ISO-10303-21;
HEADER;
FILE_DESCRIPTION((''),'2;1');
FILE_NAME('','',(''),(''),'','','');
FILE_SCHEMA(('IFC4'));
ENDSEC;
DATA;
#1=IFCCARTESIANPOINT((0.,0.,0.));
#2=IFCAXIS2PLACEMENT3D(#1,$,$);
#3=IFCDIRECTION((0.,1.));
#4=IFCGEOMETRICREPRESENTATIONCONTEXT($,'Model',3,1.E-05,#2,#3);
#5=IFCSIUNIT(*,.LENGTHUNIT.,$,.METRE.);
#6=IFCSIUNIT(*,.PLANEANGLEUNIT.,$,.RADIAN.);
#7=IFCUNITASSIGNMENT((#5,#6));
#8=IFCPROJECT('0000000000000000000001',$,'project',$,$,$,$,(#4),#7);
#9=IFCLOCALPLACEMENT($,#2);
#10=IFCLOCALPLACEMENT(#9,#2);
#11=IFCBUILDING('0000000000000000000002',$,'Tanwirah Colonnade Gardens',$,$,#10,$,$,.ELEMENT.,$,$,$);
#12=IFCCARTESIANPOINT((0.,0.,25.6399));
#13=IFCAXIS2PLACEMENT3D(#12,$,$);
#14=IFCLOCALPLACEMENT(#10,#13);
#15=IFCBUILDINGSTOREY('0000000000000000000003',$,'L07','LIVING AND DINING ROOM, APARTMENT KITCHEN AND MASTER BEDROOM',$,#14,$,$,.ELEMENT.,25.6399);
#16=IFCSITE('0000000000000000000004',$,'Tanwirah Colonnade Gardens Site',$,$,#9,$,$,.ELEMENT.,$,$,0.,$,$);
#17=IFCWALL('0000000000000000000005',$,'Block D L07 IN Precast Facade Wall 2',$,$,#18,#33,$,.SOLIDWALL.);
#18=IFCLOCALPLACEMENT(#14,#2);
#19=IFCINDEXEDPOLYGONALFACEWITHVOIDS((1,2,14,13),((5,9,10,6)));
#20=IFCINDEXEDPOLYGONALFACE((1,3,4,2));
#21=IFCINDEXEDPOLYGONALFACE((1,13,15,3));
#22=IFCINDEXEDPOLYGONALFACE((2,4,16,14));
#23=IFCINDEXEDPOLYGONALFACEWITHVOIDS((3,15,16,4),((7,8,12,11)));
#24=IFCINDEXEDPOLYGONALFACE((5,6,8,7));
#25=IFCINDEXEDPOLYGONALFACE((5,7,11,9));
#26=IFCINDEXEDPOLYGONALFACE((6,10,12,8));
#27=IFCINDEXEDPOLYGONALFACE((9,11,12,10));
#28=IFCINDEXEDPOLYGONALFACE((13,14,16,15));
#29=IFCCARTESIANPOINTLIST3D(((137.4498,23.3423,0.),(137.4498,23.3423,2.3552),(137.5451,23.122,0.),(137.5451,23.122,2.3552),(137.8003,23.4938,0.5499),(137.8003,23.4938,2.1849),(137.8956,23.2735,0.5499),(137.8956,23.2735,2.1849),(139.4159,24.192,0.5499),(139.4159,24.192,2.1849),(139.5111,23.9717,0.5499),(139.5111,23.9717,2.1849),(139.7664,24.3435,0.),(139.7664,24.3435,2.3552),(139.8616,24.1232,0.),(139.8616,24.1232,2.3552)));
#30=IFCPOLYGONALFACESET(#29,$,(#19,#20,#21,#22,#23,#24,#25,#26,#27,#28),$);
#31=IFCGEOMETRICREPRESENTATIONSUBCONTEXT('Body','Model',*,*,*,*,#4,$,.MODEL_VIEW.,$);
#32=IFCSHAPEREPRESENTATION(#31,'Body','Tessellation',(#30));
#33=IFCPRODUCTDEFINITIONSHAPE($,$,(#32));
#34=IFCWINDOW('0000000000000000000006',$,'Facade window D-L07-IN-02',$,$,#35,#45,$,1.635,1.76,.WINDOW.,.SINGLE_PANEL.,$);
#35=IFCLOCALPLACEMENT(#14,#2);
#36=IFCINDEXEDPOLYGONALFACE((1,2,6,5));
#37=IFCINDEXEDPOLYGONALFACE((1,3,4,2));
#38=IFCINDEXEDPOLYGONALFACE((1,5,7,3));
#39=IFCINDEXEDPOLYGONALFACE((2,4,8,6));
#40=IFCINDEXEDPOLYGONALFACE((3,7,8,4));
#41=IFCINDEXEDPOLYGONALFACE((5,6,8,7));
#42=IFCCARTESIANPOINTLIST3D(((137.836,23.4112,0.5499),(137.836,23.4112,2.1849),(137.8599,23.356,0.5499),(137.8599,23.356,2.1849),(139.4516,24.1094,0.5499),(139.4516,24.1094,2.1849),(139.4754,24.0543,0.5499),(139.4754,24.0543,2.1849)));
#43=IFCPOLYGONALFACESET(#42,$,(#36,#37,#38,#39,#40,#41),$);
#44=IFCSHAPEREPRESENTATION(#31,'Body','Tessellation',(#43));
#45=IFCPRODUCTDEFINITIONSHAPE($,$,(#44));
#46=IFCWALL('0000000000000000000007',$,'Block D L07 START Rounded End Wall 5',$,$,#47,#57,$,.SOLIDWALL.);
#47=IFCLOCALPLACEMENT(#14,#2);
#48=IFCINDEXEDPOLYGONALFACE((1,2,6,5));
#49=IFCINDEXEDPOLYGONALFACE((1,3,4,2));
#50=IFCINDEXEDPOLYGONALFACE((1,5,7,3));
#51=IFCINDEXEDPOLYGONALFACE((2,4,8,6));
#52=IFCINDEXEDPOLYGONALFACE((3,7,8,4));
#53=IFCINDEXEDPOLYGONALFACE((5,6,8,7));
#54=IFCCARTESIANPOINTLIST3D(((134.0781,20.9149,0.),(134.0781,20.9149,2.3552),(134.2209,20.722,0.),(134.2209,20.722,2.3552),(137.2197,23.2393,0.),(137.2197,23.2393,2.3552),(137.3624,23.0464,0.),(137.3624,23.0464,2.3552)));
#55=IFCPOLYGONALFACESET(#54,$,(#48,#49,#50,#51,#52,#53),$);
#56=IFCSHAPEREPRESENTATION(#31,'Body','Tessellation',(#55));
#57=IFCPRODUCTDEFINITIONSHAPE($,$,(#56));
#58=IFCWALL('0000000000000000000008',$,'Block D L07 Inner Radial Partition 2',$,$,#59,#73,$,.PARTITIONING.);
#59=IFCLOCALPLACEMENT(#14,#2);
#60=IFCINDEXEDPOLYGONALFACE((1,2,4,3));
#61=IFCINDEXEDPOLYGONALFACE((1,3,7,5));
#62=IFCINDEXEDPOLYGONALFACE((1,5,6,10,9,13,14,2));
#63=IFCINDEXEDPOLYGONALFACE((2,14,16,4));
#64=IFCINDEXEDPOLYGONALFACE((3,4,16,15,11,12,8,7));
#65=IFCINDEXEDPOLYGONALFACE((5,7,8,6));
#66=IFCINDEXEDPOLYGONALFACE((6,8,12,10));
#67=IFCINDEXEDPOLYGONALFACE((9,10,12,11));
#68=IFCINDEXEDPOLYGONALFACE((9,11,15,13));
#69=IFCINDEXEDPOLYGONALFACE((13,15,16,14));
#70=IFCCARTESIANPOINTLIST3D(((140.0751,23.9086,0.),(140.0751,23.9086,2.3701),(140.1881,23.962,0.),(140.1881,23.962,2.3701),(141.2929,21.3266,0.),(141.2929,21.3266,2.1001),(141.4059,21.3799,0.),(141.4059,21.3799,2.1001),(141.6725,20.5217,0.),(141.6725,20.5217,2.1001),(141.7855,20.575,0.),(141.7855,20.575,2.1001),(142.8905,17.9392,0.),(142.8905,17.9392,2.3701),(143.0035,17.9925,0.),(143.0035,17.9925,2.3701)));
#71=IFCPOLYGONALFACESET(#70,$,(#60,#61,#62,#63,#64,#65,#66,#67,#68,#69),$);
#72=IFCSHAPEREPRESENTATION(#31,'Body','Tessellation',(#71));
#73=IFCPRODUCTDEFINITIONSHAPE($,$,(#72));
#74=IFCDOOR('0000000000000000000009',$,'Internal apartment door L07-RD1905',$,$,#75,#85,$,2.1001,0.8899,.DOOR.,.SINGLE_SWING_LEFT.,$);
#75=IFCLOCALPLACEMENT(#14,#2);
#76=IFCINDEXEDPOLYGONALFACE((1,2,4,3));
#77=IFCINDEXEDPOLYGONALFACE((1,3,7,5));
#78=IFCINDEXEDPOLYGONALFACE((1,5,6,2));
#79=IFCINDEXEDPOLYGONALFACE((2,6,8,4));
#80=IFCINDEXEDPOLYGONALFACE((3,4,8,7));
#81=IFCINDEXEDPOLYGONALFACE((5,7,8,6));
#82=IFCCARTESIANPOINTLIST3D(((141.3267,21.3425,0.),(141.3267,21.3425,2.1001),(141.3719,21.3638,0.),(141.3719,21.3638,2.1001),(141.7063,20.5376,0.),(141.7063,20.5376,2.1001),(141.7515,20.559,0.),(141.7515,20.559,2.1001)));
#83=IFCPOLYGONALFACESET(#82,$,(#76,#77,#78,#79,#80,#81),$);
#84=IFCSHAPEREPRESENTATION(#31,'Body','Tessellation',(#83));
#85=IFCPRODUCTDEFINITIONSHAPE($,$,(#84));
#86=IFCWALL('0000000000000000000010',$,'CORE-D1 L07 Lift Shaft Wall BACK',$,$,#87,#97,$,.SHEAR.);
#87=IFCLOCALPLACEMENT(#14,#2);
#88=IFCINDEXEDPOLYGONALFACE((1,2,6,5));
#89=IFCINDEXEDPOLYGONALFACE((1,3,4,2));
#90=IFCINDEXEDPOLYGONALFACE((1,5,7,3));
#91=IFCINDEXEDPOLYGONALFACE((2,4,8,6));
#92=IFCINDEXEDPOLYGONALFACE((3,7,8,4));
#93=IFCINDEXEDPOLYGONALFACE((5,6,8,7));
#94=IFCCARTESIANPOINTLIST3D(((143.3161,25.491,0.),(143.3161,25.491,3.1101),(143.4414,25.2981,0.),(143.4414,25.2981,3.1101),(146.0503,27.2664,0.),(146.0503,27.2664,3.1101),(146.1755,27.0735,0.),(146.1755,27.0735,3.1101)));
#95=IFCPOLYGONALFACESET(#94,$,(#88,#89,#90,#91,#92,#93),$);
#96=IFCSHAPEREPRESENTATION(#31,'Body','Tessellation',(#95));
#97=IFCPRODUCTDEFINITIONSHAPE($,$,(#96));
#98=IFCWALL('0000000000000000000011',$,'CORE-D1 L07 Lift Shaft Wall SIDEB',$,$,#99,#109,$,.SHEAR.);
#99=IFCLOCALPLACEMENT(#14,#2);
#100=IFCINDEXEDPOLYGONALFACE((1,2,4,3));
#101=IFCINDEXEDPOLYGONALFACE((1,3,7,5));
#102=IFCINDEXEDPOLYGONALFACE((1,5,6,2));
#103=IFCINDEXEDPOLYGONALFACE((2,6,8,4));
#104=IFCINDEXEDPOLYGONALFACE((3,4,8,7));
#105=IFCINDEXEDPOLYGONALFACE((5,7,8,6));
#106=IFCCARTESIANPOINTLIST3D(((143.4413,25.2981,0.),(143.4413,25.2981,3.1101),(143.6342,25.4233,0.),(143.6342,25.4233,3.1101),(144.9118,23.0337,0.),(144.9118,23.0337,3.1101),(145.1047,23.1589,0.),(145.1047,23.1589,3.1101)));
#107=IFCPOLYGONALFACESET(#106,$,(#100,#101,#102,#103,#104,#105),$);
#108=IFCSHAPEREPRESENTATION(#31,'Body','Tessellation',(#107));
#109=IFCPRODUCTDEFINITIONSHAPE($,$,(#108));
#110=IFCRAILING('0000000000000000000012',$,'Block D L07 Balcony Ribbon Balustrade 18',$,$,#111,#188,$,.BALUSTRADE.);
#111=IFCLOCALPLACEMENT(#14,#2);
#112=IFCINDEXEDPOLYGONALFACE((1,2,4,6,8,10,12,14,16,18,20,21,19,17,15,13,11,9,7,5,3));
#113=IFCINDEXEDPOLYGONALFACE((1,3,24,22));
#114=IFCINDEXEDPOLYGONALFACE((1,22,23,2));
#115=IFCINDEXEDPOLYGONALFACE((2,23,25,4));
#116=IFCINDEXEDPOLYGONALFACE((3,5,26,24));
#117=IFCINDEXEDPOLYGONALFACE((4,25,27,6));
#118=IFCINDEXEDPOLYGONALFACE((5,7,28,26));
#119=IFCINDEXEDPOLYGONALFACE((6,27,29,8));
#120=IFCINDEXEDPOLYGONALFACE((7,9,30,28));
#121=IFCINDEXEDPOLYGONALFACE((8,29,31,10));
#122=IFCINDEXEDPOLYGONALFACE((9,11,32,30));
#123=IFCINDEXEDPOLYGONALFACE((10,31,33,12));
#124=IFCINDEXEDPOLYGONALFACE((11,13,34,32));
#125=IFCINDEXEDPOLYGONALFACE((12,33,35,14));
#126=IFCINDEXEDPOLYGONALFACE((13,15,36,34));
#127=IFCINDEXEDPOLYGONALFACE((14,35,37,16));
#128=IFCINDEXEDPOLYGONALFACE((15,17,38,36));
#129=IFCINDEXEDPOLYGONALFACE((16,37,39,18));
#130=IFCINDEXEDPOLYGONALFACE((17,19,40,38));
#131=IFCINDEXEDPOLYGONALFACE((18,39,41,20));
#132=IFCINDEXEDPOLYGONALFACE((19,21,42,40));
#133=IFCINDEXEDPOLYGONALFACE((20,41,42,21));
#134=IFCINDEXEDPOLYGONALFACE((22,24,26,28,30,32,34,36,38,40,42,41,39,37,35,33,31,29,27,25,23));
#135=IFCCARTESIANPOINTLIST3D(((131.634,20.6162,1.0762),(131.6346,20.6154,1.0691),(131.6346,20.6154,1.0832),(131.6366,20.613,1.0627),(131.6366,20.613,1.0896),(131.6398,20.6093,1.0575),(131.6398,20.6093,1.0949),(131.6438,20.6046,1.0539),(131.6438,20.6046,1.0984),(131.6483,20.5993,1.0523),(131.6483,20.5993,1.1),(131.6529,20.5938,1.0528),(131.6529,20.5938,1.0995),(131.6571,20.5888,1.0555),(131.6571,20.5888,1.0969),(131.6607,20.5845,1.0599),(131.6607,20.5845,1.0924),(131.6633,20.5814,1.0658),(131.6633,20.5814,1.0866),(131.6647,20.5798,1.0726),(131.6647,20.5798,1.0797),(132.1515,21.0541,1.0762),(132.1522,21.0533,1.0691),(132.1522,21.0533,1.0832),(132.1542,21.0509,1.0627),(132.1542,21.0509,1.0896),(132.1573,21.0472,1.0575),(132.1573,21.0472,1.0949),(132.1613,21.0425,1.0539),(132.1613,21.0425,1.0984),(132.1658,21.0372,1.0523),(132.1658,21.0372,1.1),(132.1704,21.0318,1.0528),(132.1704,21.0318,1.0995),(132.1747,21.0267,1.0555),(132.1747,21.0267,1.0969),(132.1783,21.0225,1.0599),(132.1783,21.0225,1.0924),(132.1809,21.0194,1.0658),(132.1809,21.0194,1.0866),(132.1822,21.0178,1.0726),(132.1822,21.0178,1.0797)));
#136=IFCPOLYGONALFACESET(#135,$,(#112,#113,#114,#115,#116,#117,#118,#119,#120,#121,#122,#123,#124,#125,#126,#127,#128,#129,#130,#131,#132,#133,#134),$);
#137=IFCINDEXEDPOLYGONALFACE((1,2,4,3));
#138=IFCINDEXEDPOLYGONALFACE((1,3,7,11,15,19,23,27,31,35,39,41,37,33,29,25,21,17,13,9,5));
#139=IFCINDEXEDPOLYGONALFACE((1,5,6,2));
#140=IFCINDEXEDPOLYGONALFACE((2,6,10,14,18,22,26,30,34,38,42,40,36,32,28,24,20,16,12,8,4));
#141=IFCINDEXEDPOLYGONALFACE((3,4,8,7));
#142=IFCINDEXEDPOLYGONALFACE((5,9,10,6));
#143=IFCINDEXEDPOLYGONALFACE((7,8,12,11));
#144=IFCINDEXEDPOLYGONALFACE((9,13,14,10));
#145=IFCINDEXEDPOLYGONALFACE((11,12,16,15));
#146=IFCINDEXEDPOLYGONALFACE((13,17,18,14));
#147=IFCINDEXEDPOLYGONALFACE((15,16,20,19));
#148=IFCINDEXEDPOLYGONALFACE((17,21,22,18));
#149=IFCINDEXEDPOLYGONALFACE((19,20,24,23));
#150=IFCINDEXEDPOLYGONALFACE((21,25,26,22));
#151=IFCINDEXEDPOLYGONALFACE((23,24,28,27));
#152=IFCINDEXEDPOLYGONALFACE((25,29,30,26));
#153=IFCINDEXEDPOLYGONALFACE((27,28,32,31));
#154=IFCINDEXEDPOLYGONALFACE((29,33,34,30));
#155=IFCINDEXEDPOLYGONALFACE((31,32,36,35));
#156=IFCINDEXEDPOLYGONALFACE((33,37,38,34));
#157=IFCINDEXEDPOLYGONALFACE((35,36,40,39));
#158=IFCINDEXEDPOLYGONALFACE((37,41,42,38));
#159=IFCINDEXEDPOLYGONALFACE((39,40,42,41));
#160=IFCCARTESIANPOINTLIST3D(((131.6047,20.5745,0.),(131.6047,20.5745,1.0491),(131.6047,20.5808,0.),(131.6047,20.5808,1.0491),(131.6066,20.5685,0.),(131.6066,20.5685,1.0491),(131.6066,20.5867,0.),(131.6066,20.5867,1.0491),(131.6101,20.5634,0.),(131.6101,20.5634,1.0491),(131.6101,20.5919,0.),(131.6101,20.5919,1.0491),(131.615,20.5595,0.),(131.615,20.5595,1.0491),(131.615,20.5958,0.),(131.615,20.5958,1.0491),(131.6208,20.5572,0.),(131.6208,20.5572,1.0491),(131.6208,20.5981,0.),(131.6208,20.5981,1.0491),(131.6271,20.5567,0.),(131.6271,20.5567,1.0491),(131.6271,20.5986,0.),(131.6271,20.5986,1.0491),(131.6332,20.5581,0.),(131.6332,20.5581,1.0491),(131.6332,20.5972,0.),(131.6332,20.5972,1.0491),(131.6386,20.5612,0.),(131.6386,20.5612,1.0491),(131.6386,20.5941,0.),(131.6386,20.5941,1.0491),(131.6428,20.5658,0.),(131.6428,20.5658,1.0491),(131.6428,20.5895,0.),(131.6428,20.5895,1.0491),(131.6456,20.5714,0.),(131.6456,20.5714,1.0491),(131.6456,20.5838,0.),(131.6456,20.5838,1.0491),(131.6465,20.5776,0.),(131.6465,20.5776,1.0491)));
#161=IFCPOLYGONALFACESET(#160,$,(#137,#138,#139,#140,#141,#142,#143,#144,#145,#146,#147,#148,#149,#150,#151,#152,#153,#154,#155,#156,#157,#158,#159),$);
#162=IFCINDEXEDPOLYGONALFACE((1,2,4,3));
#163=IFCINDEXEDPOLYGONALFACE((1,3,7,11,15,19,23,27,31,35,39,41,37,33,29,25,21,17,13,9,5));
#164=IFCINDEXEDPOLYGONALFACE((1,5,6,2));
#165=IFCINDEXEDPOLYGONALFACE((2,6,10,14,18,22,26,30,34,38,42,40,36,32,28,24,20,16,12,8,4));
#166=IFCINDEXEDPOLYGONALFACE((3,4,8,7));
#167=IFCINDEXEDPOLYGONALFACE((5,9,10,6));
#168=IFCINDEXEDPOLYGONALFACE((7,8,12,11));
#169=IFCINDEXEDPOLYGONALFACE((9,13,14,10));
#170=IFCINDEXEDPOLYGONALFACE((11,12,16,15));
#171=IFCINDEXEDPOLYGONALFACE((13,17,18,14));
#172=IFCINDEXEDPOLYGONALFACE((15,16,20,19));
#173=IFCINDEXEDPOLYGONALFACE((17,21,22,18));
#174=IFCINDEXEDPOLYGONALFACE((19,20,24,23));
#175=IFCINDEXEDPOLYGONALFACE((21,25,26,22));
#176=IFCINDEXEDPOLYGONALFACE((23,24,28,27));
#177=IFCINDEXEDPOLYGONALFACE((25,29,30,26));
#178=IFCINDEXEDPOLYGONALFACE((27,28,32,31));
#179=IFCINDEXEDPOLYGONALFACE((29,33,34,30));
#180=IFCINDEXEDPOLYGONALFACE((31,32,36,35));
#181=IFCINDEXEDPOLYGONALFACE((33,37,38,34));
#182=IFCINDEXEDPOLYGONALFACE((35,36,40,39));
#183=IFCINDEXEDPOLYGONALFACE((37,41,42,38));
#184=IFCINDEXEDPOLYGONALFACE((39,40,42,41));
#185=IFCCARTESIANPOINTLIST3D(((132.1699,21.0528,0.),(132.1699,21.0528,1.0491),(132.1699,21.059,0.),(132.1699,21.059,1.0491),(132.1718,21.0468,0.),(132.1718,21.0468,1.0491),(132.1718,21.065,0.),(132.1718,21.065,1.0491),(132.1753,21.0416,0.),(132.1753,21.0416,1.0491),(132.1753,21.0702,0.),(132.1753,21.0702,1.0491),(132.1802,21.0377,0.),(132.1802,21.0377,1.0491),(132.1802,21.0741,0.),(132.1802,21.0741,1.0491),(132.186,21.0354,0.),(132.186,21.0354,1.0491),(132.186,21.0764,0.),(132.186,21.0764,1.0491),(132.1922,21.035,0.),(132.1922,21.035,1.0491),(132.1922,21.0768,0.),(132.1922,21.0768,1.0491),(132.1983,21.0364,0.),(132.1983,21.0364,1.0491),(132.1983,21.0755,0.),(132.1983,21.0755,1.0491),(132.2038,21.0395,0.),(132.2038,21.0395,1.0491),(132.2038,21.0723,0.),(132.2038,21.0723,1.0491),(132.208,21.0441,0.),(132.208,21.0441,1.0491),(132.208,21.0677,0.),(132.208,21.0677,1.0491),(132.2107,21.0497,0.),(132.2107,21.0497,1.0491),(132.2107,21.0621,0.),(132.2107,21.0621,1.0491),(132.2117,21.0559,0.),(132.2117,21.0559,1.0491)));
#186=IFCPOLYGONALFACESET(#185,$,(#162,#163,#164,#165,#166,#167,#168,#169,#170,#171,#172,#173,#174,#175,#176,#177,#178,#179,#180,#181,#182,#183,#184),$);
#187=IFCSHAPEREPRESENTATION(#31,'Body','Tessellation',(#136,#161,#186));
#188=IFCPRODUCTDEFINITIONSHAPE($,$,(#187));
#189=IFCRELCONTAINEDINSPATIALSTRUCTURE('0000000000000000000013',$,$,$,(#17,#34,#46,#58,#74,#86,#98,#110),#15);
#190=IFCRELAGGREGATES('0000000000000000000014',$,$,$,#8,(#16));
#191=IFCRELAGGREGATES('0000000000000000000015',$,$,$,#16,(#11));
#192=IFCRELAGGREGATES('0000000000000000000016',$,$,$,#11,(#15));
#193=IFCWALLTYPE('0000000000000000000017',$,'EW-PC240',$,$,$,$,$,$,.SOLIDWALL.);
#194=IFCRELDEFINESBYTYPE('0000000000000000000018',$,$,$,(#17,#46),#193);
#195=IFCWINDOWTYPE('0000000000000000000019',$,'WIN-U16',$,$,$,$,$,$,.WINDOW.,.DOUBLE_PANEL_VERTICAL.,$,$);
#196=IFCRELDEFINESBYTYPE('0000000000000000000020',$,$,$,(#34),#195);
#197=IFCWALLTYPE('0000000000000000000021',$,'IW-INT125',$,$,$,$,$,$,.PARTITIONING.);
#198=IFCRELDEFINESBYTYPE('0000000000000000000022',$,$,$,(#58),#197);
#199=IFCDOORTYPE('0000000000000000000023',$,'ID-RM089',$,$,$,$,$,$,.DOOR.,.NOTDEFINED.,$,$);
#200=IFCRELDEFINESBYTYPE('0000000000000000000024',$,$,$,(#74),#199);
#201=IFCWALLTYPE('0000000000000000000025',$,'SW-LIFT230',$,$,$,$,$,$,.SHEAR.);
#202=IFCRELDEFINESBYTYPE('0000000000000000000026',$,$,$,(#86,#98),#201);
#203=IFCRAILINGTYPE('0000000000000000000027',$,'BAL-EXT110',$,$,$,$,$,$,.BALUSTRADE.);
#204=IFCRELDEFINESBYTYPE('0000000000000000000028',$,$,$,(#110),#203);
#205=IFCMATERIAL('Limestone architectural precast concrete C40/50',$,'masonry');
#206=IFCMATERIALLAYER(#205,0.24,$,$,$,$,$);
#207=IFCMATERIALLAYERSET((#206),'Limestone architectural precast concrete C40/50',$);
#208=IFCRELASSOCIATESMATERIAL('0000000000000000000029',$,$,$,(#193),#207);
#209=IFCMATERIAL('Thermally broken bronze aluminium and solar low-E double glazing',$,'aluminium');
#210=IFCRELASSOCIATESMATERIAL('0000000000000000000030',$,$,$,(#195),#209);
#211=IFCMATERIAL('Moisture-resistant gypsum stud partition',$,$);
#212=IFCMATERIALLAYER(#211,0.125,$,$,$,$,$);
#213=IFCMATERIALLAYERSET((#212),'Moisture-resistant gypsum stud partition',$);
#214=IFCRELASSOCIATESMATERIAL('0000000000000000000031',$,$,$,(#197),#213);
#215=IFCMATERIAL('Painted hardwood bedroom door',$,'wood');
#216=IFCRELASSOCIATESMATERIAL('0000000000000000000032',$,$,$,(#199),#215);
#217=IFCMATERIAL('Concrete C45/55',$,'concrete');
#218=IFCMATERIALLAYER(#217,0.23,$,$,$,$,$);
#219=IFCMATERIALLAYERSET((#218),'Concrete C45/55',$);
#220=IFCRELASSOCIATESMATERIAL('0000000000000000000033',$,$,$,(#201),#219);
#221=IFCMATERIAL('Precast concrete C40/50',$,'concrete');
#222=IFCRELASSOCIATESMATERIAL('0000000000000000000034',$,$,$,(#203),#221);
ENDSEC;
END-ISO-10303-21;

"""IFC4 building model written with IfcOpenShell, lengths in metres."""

from ifc_helpers import new_model, si_unit, direction, frame, frame_2d, origin, origin_2d, place, context, subcontext, project, spatial, rectangle, circle, extrude, material, layer, layer_set, type_object, element, fill, save


model = new_model("IFC4")

# Units and contexts
model_context = context("Model", 3, precision=1e-05, world=origin(), true_north=direction((0.0, 1.0)))
body_context = subcontext(model_context, "Body", "Model", "MODEL_VIEW")
ifc_project = project(units=[si_unit("LENGTHUNIT", "METRE"), si_unit("PLANEANGLEUNIT", "RADIAN")], contexts=[model_context])

# Site, building, storey
site_placement = place(None, origin())
site = spatial("IfcSite", under=ifc_project, at=site_placement, Name="Tanwirah Colonnade Gardens Site", CompositionType="ELEMENT", RefElevation=0.0)
building_placement = place(site_placement, origin())
building = spatial("IfcBuilding", under=site, at=building_placement, Name="Tanwirah Colonnade Gardens", CompositionType="ELEMENT")
storey_placement = place(building_placement, frame((0.0, 0.0, 25.6399)))
storey = spatial("IfcBuildingStorey", under=building, at=storey_placement, Name="L07", Description="LIVING AND DINING ROOM, APARTMENT KITCHEN AND MASTER BEDROOM", CompositionType="ELEMENT", Elevation=25.6399)

# Shared definitions
ifc_material_1 = material(Name="Precast concrete C40/50", Category="concrete")

# Wall, opening, window
ifc_material_2 = material(Name="Limestone architectural precast concrete C40/50", Category="masonry")
ifc_layer_1 = layer(ifc_material_2, 0.24)
ifc_layer_set_1 = layer_set([ifc_layer_1], Name="Limestone architectural precast concrete C40/50")
wall_type_1 = type_object("IfcWallType", Name="EW-PC240", PredefinedType="SOLIDWALL", material=ifc_layer_set_1)
wall_1_placement = place(storey_placement, frame((137.4976, 23.2322, 0.0), z_axis=(0.0, 0.0, 1.0), x_axis=(0.91794, 0.39672, 0.0)))
wall_1 = element("IfcWall", 1, at=wall_1_placement, inside=storey, type_object=wall_type_1, Name="Block D L07 IN Precast Facade Wall 2", PredefinedType="SOLIDWALL", context=body_context, shape_type="SweptSolid", body=[
    extrude(rectangle(XDim=2.5237, YDim=0.24, at=frame_2d((1.2617, 0.0))), origin(), (0.0, 0.0, 1.0), 2.3552),
])
opening_1_placement = place(wall_1_placement, frame((0.3818, 0.0, 0.55)))
opening_1 = element("IfcOpeningElement", 2, at=opening_1_placement, cuts=wall_1, PredefinedType="OPENING", context=body_context, shape_type="SweptSolid", body=[
    extrude(rectangle(XDim=1.76, YDim=1.635, at=frame_2d((0.8799, 0.8174))), frame((0.0, 0.1299, 0.0), z_axis=(0.0, -1.0, 0.0), x_axis=(1.0, 0.0, 0.0)), (0.0, 0.0, 1.0), 0.26),
])
ifc_material_3 = material(Name="Thermally broken bronze aluminium and solar low-E double glazing", Category="aluminium")
window_type = type_object("IfcWindowType", Name="WIN-U16", PartitioningType="DOUBLE_PANEL_VERTICAL", PredefinedType="WINDOW", material=ifc_material_3)
window_placement = place(opening_1_placement, origin())
window = element("IfcWindow", 3, at=window_placement, inside=storey, type_object=window_type, Name="Facade window D-L07-IN-02", OverallHeight=1.635, OverallWidth=1.76, PartitioningType="SINGLE_PANEL", PredefinedType="WINDOW", context=body_context, shape_type="SweptSolid", body=[
    extrude(rectangle(XDim=1.76, YDim=1.635, at=frame_2d((0.8799, 0.8174))), frame((0.0, 0.03, 0.0), z_axis=(0.0, -1.0, 0.0), x_axis=(1.0, 0.0, 0.0)), (0.0, 0.0, 1.0), 0.0601),
])
fill(opening_1, window)

# Wall
wall_2_placement = place(storey_placement, frame((134.1494, 20.8184, 0.0), z_axis=(0.0, 0.0, 1.0), x_axis=(0.803881, 0.59479, 0.0)))
element("IfcWall", 4, at=wall_2_placement, inside=storey, type_object=wall_type_1, Name="Block D L07 START Rounded End Wall 5", PredefinedType="SOLIDWALL", context=body_context, shape_type="SweptSolid", body=[
    extrude(rectangle(XDim=3.908, YDim=0.24, at=frame_2d((1.9541, 0.0))), origin(), (0.0, 0.0, 1.0), 2.3552),
])

# Wall, opening, door
ifc_material_4 = material(Name="Moisture-resistant gypsum stud partition")
ifc_layer_2 = layer(ifc_material_4, 0.125)
ifc_layer_set_2 = layer_set([ifc_layer_2], Name="Moisture-resistant gypsum stud partition")
wall_type_2 = type_object("IfcWallType", Name="IW-INT125", PredefinedType="PARTITIONING", material=ifc_layer_set_2)
wall_3_placement = place(storey_placement, frame((140.1316, 23.9353, 0.0), z_axis=(0.0, 0.0, 1.0), x_axis=(0.426574, -0.904453, 0.0)))
wall_3 = element("IfcWall", 5, at=wall_3_placement, inside=storey, type_object=wall_type_2, Name="Block D L07 Inner Radial Partition 2", PredefinedType="PARTITIONING", context=body_context, shape_type="SweptSolid", body=[
    extrude(rectangle(XDim=6.6001, YDim=0.125, at=frame_2d((3.3, 0.0))), origin(), (0.0, 0.0, 1.0), 2.3701),
])
opening_2_placement = place(wall_3_placement, frame((2.855, 0.0, 0.0)))
opening_2 = element("IfcOpeningElement", 6, at=opening_2_placement, cuts=wall_3, PredefinedType="OPENING", context=body_context, shape_type="SweptSolid", body=[
    extrude(rectangle(XDim=0.8899, YDim=2.1001, at=frame_2d((0.4448, 1.05))), frame((0.0, 0.0725, 0.0), z_axis=(0.0, -1.0, 0.0), x_axis=(1.0, 0.0, 0.0)), (0.0, 0.0, 1.0), 0.145),
])
ifc_material_5 = material(Name="Painted hardwood bedroom door", Category="wood")
door_type = type_object("IfcDoorType", Name="ID-RM089", OperationType="NOTDEFINED", PredefinedType="DOOR", material=ifc_material_5)
door_placement = place(opening_2_placement, origin())
door = element("IfcDoor", 7, at=door_placement, inside=storey, type_object=door_type, Name="Internal apartment door L07-RD1905", OperationType="SINGLE_SWING_LEFT", OverallHeight=2.1001, OverallWidth=0.8899, PredefinedType="DOOR", context=body_context, shape_type="SweptSolid", body=[
    extrude(rectangle(XDim=0.8899, YDim=2.1001, at=frame_2d((0.4448, 1.05))), frame((0.0, 0.0249, 0.0), z_axis=(0.0, -1.0, 0.0), x_axis=(1.0, 0.0, 0.0)), (0.0, 0.0, 1.0), 0.05),
])
fill(opening_2, door)

# Walls
ifc_material_6 = material(Name="Concrete C45/55", Category="concrete")
ifc_layer_3 = layer(ifc_material_6, 0.23)
ifc_layer_set_3 = layer_set([ifc_layer_3], Name="Concrete C45/55")
wall_type_3 = type_object("IfcWallType", Name="SW-LIFT230", PredefinedType="SHEAR", material=ifc_layer_set_3)
wall_4_placement = place(storey_placement, frame((146.1128, 27.1699, 0.0), z_axis=(0.0, 0.0, 1.0), x_axis=(-0.838695, -0.544601, 0.0)))
element("IfcWall", 8, at=wall_4_placement, inside=storey, type_object=wall_type_3, Name="CORE-D1 L07 Lift Shaft Wall BACK", PredefinedType="SHEAR", context=body_context, shape_type="SweptSolid", body=[
    extrude(rectangle(XDim=3.26, YDim=0.23, at=frame_2d((1.6299, 0.0))), origin(), (0.0, 0.0, 1.0), 3.1101),
])
wall_5_placement = place(storey_placement, frame((145.0083, 23.0962, 0.0), z_axis=(0.0, 0.0, 1.0), x_axis=(-0.544623, 0.838681, 0.0)))
element("IfcWall", 9, at=wall_5_placement, inside=storey, type_object=wall_type_3, Name="CORE-D1 L07 Lift Shaft Wall SIDEB", PredefinedType="SHEAR", context=body_context, shape_type="SweptSolid", body=[
    extrude(rectangle(XDim=2.7, YDim=0.23, at=frame_2d((1.3501, 0.0))), origin(), (0.0, 0.0, 1.0), 3.1101),
])

# Railing
railing_type = type_object("IfcRailingType", Name="BAL-EXT110", PredefinedType="BALUSTRADE", material=ifc_material_1)
railing_1_placement = place(storey_placement, frame((131.6255, 20.5776, 0.0)))
element("IfcRailing", 10, at=railing_1_placement, inside=storey, type_object=railing_type, Name="Block D L07 Balcony Ribbon Balustrade 18", PredefinedType="BALUSTRADE", context=body_context, shape_type="SweptSolid", body=[
    extrude(circle(Radius=0.0239, at=origin_2d()), frame((0.0239, 0.0203, 1.0762), z_axis=(0.763361, 0.645972, 0.0), x_axis=(-0.645972, 0.763361, 0.0)), (0.0, 0.0, 1.0), 0.678),
    extrude(circle(Radius=0.021, at=origin_2d()), origin(), (0.0, 0.0, 1.0), 1.0491),
    extrude(circle(Radius=0.021, at=origin_2d()), frame((0.5652, 0.4783, 0.0)), (0.0, 0.0, 1.0), 1.0491),
])

save(model, "model.ifc")
